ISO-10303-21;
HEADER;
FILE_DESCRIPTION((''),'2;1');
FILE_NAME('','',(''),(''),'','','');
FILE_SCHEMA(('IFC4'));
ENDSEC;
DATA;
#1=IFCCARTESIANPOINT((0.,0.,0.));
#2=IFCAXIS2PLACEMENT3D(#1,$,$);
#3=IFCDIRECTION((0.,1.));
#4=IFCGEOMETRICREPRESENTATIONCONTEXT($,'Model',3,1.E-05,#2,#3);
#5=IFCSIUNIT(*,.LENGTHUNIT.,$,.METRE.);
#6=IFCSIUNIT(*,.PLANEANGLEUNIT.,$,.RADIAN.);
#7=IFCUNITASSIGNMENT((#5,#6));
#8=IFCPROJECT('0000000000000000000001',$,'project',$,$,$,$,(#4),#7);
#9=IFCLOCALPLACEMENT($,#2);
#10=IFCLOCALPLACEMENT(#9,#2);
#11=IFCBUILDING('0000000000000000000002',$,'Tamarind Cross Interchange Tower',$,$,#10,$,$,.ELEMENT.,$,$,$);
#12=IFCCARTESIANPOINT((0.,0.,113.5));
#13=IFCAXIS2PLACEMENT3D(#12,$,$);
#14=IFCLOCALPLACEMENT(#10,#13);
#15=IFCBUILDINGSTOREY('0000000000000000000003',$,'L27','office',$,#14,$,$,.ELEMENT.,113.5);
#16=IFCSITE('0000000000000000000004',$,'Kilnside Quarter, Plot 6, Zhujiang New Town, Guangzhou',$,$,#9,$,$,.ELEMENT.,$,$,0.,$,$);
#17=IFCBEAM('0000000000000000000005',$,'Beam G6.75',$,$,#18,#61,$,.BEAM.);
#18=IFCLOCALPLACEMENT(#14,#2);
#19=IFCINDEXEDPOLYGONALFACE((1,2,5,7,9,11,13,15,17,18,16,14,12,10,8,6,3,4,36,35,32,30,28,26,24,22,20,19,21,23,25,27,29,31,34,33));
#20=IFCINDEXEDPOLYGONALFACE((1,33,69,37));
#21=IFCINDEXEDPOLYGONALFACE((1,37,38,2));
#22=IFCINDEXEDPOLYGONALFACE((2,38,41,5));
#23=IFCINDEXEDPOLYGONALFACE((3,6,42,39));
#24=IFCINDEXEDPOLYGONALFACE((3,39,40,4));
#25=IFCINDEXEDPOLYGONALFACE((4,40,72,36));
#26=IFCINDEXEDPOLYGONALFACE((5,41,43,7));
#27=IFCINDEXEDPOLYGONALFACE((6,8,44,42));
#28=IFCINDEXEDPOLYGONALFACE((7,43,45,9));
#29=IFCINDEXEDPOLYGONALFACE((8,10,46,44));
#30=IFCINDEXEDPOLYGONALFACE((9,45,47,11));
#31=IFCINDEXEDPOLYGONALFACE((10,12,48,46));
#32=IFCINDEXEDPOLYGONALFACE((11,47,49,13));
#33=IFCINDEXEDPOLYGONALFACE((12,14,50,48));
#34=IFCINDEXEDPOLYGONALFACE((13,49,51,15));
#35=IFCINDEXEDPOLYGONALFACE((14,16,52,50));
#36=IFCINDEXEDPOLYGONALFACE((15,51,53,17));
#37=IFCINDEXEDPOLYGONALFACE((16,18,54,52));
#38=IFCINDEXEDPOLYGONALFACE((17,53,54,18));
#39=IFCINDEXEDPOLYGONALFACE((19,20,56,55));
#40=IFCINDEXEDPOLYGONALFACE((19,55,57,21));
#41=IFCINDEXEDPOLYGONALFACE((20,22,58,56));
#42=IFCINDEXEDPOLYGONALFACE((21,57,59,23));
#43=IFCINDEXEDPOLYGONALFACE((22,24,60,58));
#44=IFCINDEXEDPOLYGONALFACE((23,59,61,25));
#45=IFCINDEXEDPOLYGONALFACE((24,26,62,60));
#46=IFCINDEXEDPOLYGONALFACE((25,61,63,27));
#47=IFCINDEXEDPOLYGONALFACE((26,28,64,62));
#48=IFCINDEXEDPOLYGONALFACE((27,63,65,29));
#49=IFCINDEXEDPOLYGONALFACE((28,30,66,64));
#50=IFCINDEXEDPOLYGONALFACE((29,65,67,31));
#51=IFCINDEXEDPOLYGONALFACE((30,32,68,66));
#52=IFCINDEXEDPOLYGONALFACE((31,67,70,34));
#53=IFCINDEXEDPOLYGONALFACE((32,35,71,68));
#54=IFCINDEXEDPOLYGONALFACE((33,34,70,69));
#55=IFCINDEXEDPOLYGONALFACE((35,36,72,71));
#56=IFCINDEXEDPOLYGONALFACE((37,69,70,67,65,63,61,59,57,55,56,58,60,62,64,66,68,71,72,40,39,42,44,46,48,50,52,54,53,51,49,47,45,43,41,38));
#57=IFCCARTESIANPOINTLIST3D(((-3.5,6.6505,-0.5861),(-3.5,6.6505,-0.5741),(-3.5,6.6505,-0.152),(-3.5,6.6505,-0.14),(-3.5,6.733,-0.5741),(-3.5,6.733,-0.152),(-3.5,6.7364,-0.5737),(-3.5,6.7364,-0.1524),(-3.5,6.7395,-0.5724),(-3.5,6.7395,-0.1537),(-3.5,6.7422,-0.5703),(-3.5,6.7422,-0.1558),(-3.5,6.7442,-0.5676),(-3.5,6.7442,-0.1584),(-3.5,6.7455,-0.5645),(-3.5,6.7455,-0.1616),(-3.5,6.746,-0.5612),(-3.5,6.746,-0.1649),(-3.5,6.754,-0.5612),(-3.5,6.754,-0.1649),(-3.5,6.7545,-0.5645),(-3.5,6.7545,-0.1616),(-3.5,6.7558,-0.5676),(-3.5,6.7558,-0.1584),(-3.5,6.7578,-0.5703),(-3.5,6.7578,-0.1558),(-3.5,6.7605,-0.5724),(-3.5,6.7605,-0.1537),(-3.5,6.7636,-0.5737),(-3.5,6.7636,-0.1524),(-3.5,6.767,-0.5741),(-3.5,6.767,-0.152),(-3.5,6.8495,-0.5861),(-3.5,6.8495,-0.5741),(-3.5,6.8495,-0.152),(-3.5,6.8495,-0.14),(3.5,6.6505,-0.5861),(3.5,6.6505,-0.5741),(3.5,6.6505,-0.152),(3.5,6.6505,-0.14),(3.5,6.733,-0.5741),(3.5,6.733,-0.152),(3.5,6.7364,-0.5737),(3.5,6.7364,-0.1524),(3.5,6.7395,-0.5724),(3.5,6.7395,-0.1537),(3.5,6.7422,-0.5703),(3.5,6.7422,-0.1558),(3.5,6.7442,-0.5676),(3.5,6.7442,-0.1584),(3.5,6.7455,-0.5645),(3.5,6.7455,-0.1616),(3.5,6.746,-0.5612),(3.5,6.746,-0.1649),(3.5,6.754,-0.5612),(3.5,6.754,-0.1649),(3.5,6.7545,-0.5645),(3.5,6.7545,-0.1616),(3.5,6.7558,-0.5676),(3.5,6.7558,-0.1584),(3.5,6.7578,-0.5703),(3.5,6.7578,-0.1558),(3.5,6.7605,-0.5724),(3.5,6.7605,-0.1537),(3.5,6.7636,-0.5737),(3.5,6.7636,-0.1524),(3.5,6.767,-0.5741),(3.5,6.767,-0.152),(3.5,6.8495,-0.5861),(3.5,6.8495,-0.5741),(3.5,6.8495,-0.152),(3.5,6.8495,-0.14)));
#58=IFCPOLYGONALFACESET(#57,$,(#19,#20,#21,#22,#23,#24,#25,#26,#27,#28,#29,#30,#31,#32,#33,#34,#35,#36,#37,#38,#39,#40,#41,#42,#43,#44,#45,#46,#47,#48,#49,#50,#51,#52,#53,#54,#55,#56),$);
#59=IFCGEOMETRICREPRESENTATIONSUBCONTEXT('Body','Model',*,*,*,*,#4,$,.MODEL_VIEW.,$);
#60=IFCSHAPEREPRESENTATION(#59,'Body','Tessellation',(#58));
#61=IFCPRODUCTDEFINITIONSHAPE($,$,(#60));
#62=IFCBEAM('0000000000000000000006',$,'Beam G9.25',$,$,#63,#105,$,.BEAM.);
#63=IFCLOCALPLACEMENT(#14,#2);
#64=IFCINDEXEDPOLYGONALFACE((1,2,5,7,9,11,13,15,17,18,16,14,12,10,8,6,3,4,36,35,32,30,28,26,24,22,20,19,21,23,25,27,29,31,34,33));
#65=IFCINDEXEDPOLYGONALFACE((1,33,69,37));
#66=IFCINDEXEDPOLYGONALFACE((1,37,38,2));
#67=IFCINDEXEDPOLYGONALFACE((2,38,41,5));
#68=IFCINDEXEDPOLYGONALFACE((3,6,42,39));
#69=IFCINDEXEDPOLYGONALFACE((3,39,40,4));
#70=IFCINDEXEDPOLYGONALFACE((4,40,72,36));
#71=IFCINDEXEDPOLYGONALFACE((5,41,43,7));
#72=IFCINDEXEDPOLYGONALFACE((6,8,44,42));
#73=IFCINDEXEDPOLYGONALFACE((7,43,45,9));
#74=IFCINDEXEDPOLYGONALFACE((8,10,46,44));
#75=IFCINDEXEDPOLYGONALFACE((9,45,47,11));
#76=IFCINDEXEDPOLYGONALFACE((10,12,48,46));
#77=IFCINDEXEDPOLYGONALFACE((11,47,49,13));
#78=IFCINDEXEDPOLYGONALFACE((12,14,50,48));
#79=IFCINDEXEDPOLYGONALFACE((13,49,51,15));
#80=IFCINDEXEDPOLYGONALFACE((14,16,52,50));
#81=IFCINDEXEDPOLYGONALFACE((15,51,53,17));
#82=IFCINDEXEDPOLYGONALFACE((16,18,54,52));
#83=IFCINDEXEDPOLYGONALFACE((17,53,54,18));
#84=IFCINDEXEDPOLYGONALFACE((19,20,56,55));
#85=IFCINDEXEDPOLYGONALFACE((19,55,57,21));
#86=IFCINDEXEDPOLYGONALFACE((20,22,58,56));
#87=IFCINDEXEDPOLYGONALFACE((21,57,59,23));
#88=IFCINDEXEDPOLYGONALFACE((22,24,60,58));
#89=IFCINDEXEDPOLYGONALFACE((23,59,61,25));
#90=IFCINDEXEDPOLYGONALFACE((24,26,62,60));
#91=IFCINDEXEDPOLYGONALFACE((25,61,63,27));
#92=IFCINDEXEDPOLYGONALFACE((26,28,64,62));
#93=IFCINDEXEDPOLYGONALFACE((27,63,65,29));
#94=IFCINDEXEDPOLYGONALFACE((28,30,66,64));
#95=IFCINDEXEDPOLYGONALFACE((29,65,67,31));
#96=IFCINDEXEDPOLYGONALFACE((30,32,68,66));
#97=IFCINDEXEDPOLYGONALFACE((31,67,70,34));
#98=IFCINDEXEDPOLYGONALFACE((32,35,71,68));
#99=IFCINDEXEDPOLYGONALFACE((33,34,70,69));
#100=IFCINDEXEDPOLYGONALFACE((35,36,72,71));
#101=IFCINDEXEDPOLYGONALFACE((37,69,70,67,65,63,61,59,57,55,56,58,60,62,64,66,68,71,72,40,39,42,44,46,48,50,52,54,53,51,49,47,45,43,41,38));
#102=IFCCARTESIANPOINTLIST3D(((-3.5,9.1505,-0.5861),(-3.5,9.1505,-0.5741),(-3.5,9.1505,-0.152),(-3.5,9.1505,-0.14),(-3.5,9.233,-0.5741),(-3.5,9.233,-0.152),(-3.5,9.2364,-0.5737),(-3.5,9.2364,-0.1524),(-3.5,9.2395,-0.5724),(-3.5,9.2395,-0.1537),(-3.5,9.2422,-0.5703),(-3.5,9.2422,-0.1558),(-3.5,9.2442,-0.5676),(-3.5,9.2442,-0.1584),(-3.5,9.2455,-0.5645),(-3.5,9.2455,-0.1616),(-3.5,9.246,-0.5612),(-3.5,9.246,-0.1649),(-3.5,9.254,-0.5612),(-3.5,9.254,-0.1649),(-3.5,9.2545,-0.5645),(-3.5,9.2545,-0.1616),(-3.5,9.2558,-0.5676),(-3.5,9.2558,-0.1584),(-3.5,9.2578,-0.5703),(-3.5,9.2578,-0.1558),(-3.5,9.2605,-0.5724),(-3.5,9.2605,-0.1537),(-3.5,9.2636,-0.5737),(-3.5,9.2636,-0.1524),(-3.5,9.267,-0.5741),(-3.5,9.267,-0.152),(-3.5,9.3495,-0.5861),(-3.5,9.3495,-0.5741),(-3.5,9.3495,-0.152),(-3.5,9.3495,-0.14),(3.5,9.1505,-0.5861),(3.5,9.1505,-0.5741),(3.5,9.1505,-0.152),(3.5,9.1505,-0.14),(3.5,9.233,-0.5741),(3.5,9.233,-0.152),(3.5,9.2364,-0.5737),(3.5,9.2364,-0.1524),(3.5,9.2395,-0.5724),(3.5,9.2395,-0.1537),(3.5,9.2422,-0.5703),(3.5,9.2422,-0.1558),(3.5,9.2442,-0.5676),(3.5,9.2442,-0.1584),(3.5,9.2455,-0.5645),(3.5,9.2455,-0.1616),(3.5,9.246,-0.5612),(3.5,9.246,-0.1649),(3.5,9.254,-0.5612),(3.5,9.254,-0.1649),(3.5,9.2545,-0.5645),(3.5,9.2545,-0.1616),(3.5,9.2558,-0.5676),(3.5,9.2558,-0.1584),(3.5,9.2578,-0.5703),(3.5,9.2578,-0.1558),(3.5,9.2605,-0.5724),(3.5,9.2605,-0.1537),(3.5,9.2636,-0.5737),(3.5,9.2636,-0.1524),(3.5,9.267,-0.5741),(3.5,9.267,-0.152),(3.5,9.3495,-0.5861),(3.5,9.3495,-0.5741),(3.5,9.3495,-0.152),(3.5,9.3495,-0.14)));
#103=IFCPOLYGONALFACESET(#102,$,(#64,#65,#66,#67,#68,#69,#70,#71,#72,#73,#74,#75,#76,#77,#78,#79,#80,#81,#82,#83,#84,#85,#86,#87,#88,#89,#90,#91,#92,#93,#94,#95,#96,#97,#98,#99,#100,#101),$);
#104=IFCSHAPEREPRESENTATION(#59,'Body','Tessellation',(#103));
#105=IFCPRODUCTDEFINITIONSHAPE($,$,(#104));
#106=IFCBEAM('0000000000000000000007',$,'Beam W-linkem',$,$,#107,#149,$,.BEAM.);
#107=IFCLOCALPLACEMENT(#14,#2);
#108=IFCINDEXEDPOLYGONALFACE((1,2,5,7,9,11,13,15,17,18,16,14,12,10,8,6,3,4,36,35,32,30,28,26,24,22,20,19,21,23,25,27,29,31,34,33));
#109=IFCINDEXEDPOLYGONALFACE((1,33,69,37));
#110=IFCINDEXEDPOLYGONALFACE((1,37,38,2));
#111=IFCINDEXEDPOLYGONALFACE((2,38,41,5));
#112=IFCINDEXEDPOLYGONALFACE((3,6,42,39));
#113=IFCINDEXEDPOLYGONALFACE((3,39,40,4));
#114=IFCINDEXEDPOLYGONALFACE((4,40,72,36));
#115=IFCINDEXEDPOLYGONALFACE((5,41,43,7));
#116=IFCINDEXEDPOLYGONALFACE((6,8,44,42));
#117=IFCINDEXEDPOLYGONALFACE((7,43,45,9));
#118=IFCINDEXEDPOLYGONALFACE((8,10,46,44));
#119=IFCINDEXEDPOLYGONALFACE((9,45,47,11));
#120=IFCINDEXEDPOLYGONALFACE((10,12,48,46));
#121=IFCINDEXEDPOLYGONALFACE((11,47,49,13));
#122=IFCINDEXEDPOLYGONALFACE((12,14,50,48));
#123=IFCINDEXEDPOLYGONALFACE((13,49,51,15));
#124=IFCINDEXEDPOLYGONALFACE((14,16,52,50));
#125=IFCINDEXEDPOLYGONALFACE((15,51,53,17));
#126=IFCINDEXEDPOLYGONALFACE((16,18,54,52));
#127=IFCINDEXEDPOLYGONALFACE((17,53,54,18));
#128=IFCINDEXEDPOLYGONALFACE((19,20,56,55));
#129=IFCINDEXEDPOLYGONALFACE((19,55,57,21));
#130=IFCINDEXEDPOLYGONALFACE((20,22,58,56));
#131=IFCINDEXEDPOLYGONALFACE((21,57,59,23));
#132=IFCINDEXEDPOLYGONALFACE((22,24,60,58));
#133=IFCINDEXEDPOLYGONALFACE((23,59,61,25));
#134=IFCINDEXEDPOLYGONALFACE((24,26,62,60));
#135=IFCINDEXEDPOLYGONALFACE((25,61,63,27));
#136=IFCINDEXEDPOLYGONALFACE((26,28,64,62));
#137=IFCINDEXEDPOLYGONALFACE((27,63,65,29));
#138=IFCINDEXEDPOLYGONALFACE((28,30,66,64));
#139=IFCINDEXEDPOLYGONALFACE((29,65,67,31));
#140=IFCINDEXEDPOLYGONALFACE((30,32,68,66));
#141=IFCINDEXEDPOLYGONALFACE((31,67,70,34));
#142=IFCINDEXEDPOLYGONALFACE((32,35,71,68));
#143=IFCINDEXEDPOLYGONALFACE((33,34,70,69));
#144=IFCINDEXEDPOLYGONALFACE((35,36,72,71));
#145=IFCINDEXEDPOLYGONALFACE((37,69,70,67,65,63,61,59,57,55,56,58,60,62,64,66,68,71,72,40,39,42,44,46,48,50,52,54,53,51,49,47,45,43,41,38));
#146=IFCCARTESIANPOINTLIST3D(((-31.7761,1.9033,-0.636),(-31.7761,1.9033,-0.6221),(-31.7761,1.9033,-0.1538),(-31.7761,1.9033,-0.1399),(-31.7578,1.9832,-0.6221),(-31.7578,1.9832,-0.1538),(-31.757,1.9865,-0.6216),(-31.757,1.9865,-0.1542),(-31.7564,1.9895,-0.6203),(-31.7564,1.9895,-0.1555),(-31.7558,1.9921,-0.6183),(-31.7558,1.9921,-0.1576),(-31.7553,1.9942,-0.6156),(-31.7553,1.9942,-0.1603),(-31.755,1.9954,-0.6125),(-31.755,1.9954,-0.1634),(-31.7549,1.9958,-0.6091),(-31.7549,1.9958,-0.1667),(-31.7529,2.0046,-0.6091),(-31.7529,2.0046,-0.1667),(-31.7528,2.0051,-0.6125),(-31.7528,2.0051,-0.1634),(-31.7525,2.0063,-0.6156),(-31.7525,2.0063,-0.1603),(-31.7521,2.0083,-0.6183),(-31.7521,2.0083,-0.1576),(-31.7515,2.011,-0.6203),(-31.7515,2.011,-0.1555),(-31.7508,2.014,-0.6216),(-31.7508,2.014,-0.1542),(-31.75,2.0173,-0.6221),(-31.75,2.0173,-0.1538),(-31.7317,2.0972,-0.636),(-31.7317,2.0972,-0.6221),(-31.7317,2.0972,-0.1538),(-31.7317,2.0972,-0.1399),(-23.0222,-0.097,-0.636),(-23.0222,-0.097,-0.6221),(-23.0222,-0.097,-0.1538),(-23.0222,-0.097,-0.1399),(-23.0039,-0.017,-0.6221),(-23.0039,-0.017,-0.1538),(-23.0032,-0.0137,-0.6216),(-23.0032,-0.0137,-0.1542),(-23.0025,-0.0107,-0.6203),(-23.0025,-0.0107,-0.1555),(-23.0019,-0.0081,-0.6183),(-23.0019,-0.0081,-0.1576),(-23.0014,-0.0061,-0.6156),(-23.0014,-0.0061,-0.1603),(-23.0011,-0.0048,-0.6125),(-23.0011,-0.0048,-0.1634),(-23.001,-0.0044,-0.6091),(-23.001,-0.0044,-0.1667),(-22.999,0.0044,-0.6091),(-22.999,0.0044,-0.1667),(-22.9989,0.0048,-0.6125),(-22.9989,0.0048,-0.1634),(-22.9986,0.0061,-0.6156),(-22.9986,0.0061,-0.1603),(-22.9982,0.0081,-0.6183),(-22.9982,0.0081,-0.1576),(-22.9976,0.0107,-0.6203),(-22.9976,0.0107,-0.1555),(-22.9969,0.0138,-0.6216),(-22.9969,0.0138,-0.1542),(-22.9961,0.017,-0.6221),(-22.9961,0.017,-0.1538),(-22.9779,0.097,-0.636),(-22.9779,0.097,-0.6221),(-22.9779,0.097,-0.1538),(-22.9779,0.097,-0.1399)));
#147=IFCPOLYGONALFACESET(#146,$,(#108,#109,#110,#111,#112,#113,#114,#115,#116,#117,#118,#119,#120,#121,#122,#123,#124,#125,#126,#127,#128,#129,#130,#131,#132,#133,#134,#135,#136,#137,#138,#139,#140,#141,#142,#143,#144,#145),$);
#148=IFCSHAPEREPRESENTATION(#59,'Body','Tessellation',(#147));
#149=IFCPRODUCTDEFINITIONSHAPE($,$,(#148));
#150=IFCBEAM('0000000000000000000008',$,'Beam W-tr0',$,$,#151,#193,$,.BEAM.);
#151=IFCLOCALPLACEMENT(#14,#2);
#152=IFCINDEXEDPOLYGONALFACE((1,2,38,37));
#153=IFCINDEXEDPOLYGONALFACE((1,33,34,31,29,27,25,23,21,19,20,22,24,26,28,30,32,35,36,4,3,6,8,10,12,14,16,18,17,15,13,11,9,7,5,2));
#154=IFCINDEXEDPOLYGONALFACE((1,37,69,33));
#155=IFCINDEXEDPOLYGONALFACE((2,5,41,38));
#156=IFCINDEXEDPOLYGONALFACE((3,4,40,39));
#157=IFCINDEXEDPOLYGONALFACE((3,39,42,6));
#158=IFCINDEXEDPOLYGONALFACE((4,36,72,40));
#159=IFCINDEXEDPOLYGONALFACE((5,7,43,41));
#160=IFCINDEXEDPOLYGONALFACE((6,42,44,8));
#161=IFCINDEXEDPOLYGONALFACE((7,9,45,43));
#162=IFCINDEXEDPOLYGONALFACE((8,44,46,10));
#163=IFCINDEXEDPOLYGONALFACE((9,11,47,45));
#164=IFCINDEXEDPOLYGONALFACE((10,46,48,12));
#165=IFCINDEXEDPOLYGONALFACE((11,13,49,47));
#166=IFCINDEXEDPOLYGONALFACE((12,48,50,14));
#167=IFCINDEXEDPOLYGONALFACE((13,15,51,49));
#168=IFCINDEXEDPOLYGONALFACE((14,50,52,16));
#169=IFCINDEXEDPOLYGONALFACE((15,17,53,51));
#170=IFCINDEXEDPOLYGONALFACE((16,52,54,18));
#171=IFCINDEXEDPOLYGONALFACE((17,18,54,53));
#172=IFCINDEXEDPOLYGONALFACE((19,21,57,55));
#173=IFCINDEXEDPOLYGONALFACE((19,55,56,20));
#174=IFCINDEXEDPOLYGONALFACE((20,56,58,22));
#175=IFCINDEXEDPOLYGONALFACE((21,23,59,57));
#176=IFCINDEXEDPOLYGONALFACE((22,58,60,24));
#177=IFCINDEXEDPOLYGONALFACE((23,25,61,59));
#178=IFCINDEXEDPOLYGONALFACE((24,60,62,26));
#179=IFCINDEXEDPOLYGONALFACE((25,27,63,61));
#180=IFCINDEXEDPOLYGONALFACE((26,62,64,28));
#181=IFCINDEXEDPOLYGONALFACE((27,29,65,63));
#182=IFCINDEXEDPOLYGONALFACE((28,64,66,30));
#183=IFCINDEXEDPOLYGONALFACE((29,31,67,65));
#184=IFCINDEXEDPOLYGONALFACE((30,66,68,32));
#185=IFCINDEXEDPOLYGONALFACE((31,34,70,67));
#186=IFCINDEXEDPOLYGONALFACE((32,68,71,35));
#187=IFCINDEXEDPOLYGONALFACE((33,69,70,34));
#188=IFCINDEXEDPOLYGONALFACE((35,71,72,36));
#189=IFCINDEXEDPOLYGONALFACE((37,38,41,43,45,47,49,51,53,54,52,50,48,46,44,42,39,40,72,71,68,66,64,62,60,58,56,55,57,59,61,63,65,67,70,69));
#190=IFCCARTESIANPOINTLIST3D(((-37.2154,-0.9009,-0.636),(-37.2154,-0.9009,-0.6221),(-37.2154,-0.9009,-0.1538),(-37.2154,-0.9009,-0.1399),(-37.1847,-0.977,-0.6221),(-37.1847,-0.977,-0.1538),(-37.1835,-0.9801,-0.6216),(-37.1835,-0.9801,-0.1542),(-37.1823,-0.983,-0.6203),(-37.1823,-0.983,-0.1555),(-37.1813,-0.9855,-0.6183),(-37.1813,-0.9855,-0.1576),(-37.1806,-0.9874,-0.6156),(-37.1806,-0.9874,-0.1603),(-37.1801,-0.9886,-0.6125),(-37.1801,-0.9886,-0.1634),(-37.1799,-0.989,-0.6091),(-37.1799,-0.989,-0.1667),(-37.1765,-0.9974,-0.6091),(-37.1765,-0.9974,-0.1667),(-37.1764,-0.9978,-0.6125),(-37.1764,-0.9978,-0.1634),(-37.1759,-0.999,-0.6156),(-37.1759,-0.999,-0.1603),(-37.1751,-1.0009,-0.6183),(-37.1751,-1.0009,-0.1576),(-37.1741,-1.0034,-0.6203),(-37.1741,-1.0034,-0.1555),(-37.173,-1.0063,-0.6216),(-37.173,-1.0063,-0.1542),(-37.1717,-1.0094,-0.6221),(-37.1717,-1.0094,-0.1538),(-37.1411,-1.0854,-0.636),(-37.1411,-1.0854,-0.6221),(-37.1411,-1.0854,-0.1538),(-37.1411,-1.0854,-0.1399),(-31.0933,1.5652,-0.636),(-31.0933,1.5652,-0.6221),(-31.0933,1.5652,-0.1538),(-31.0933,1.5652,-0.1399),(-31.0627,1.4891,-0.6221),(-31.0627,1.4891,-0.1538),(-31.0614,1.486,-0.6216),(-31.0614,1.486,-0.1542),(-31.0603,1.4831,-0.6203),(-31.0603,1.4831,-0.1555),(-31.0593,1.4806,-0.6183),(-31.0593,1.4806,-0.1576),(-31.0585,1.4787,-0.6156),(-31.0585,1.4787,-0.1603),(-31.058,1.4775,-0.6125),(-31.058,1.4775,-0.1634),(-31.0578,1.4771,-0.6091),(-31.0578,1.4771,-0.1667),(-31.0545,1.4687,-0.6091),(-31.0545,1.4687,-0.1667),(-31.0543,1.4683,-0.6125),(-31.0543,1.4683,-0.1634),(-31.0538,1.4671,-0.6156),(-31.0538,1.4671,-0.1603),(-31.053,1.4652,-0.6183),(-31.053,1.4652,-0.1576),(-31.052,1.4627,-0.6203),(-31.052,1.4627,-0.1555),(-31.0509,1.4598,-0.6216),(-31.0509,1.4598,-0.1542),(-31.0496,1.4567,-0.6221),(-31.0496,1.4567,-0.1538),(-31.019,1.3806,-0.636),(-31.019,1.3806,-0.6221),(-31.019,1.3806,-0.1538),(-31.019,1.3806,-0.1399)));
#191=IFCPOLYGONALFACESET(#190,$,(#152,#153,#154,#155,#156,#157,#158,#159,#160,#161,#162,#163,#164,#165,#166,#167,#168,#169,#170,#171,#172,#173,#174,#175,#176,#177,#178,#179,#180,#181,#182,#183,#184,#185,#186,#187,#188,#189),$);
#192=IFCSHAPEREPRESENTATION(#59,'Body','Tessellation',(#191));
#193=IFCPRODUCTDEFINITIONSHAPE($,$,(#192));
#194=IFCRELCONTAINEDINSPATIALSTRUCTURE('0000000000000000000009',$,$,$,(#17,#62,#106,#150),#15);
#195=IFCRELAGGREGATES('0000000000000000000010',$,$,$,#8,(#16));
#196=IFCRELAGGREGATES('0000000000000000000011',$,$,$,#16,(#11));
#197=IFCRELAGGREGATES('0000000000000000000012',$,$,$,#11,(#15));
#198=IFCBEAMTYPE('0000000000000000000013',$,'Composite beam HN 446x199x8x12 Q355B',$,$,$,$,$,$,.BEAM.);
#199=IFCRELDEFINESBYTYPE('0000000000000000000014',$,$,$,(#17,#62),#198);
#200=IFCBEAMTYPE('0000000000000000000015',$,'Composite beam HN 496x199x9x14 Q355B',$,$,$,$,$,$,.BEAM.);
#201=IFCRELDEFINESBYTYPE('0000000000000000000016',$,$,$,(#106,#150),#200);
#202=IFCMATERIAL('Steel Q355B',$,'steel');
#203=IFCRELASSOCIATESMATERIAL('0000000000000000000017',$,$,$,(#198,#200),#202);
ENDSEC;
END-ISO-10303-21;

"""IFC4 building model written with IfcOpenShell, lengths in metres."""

from ifc_helpers import new_model, si_unit, direction, frame, origin, origin_2d, place, context, subcontext, project, spatial, i_section, extrude, material, material_profile, profile_set, type_object, element, save


model = new_model("IFC4")

# Units and contexts
model_context = context("Model", 3, precision=1e-05, world=origin(), true_north=direction((0.0, 1.0)))
body_context = subcontext(model_context, "Body", "Model", "MODEL_VIEW")
ifc_project = project(units=[si_unit("LENGTHUNIT", "METRE"), si_unit("PLANEANGLEUNIT", "RADIAN")], contexts=[model_context])

# Site, building, storey
site_placement = place(None, origin())
site = spatial("IfcSite", under=ifc_project, at=site_placement, Name="Kilnside Quarter, Plot 6, Zhujiang New Town, Guangzhou", CompositionType="ELEMENT", RefElevation=0.0)
building_placement = place(site_placement, origin())
building = spatial("IfcBuilding", under=site, at=building_placement, Name="Tamarind Cross Interchange Tower", CompositionType="ELEMENT")
storey_placement = place(building_placement, frame((0.0, 0.0, 113.5)))
storey = spatial("IfcBuildingStorey", under=building, at=storey_placement, Name="L27", Description="office", CompositionType="ELEMENT", Elevation=113.5)

# Beams
ifc_material_1 = material(Name="Steel Q355B", Category="steel")
ifc_material_profile_1 = material_profile(ifc_material_1, i_section(OverallWidth=0.199, OverallDepth=0.446, WebThickness=0.0081, FlangeThickness=0.012, FilletRadius=0.0129, at=origin_2d()), Name="HN 446x199x8x12")
ifc_profile_set_1 = profile_set([ifc_material_profile_1], Name="Steel Q355B")
beam_type_1 = type_object("IfcBeamType", Name="Composite beam HN 446x199x8x12 Q355B", PredefinedType="BEAM", material=ifc_profile_set_1)
for number, where, z_axis, x_axis, name in (
    (1, (-3.5, 6.75, -0.363), (1.0, 0.0, 0.0), (0.0, 1.0, 0.0), "Beam G6.75"),
    (2, (-3.5, 9.25, -0.363), (1.0, 0.0, 0.0), (0.0, 1.0, 0.0), "Beam G9.25"),
):
    element("IfcBeam", number, at=place(storey_placement, frame(where, z_axis=z_axis, x_axis=x_axis)), inside=storey, type_object=beam_type_1, Name=name, PredefinedType="BEAM", context=body_context, shape_type="SweptSolid", body=[
        extrude(i_section(OverallWidth=0.199, OverallDepth=0.446, WebThickness=0.0081, FlangeThickness=0.012, FilletRadius=0.0129, at=origin_2d()), origin(), (0.0, 0.0, 1.0), 7.0),
    ])
ifc_material_profile_2 = material_profile(ifc_material_1, i_section(OverallWidth=0.199, OverallDepth=0.4961, WebThickness=0.009, FlangeThickness=0.0139, FilletRadius=0.0129, at=origin_2d()), Name="HN 496x199x9x14")
ifc_profile_set_2 = profile_set([ifc_material_profile_2], Name="Steel Q355B")
beam_type_2 = type_object("IfcBeamType", Name="Composite beam HN 496x199x9x14 Q355B", PredefinedType="BEAM", material=ifc_profile_set_2)
beam_1_placement = place(storey_placement, frame((-31.7539, 2.0002, -0.3879), z_axis=(0.974874, -0.222756, 0.0), x_axis=(0.222756, 0.974874, 0.0)))
element("IfcBeam", 3, at=beam_1_placement, inside=storey, type_object=beam_type_2, Name="Beam W-linkem", PredefinedType="BEAM", context=body_context, shape_type="SweptSolid", body=[
    extrude(i_section(OverallWidth=0.199, OverallDepth=0.4961, WebThickness=0.009, FlangeThickness=0.0139, FilletRadius=0.0129, at=origin_2d()), origin(), (0.0, 0.0, 1.0), 8.9795),
])
beam_2_placement = place(storey_placement, frame((-31.0562, 1.4729, -0.3879), z_axis=(-0.927573, -0.373641, 0.0), x_axis=(0.373641, -0.927573, 0.0)))
element("IfcBeam", 4, at=beam_2_placement, inside=storey, type_object=beam_type_2, Name="Beam W-tr0", PredefinedType="BEAM", context=body_context, shape_type="SweptSolid", body=[
    extrude(i_section(OverallWidth=0.199, OverallDepth=0.4961, WebThickness=0.009, FlangeThickness=0.0139, FilletRadius=0.0129, at=origin_2d()), origin(), (0.0, 0.0, 1.0), 6.6001),
])

save(model, "model.ifc")
